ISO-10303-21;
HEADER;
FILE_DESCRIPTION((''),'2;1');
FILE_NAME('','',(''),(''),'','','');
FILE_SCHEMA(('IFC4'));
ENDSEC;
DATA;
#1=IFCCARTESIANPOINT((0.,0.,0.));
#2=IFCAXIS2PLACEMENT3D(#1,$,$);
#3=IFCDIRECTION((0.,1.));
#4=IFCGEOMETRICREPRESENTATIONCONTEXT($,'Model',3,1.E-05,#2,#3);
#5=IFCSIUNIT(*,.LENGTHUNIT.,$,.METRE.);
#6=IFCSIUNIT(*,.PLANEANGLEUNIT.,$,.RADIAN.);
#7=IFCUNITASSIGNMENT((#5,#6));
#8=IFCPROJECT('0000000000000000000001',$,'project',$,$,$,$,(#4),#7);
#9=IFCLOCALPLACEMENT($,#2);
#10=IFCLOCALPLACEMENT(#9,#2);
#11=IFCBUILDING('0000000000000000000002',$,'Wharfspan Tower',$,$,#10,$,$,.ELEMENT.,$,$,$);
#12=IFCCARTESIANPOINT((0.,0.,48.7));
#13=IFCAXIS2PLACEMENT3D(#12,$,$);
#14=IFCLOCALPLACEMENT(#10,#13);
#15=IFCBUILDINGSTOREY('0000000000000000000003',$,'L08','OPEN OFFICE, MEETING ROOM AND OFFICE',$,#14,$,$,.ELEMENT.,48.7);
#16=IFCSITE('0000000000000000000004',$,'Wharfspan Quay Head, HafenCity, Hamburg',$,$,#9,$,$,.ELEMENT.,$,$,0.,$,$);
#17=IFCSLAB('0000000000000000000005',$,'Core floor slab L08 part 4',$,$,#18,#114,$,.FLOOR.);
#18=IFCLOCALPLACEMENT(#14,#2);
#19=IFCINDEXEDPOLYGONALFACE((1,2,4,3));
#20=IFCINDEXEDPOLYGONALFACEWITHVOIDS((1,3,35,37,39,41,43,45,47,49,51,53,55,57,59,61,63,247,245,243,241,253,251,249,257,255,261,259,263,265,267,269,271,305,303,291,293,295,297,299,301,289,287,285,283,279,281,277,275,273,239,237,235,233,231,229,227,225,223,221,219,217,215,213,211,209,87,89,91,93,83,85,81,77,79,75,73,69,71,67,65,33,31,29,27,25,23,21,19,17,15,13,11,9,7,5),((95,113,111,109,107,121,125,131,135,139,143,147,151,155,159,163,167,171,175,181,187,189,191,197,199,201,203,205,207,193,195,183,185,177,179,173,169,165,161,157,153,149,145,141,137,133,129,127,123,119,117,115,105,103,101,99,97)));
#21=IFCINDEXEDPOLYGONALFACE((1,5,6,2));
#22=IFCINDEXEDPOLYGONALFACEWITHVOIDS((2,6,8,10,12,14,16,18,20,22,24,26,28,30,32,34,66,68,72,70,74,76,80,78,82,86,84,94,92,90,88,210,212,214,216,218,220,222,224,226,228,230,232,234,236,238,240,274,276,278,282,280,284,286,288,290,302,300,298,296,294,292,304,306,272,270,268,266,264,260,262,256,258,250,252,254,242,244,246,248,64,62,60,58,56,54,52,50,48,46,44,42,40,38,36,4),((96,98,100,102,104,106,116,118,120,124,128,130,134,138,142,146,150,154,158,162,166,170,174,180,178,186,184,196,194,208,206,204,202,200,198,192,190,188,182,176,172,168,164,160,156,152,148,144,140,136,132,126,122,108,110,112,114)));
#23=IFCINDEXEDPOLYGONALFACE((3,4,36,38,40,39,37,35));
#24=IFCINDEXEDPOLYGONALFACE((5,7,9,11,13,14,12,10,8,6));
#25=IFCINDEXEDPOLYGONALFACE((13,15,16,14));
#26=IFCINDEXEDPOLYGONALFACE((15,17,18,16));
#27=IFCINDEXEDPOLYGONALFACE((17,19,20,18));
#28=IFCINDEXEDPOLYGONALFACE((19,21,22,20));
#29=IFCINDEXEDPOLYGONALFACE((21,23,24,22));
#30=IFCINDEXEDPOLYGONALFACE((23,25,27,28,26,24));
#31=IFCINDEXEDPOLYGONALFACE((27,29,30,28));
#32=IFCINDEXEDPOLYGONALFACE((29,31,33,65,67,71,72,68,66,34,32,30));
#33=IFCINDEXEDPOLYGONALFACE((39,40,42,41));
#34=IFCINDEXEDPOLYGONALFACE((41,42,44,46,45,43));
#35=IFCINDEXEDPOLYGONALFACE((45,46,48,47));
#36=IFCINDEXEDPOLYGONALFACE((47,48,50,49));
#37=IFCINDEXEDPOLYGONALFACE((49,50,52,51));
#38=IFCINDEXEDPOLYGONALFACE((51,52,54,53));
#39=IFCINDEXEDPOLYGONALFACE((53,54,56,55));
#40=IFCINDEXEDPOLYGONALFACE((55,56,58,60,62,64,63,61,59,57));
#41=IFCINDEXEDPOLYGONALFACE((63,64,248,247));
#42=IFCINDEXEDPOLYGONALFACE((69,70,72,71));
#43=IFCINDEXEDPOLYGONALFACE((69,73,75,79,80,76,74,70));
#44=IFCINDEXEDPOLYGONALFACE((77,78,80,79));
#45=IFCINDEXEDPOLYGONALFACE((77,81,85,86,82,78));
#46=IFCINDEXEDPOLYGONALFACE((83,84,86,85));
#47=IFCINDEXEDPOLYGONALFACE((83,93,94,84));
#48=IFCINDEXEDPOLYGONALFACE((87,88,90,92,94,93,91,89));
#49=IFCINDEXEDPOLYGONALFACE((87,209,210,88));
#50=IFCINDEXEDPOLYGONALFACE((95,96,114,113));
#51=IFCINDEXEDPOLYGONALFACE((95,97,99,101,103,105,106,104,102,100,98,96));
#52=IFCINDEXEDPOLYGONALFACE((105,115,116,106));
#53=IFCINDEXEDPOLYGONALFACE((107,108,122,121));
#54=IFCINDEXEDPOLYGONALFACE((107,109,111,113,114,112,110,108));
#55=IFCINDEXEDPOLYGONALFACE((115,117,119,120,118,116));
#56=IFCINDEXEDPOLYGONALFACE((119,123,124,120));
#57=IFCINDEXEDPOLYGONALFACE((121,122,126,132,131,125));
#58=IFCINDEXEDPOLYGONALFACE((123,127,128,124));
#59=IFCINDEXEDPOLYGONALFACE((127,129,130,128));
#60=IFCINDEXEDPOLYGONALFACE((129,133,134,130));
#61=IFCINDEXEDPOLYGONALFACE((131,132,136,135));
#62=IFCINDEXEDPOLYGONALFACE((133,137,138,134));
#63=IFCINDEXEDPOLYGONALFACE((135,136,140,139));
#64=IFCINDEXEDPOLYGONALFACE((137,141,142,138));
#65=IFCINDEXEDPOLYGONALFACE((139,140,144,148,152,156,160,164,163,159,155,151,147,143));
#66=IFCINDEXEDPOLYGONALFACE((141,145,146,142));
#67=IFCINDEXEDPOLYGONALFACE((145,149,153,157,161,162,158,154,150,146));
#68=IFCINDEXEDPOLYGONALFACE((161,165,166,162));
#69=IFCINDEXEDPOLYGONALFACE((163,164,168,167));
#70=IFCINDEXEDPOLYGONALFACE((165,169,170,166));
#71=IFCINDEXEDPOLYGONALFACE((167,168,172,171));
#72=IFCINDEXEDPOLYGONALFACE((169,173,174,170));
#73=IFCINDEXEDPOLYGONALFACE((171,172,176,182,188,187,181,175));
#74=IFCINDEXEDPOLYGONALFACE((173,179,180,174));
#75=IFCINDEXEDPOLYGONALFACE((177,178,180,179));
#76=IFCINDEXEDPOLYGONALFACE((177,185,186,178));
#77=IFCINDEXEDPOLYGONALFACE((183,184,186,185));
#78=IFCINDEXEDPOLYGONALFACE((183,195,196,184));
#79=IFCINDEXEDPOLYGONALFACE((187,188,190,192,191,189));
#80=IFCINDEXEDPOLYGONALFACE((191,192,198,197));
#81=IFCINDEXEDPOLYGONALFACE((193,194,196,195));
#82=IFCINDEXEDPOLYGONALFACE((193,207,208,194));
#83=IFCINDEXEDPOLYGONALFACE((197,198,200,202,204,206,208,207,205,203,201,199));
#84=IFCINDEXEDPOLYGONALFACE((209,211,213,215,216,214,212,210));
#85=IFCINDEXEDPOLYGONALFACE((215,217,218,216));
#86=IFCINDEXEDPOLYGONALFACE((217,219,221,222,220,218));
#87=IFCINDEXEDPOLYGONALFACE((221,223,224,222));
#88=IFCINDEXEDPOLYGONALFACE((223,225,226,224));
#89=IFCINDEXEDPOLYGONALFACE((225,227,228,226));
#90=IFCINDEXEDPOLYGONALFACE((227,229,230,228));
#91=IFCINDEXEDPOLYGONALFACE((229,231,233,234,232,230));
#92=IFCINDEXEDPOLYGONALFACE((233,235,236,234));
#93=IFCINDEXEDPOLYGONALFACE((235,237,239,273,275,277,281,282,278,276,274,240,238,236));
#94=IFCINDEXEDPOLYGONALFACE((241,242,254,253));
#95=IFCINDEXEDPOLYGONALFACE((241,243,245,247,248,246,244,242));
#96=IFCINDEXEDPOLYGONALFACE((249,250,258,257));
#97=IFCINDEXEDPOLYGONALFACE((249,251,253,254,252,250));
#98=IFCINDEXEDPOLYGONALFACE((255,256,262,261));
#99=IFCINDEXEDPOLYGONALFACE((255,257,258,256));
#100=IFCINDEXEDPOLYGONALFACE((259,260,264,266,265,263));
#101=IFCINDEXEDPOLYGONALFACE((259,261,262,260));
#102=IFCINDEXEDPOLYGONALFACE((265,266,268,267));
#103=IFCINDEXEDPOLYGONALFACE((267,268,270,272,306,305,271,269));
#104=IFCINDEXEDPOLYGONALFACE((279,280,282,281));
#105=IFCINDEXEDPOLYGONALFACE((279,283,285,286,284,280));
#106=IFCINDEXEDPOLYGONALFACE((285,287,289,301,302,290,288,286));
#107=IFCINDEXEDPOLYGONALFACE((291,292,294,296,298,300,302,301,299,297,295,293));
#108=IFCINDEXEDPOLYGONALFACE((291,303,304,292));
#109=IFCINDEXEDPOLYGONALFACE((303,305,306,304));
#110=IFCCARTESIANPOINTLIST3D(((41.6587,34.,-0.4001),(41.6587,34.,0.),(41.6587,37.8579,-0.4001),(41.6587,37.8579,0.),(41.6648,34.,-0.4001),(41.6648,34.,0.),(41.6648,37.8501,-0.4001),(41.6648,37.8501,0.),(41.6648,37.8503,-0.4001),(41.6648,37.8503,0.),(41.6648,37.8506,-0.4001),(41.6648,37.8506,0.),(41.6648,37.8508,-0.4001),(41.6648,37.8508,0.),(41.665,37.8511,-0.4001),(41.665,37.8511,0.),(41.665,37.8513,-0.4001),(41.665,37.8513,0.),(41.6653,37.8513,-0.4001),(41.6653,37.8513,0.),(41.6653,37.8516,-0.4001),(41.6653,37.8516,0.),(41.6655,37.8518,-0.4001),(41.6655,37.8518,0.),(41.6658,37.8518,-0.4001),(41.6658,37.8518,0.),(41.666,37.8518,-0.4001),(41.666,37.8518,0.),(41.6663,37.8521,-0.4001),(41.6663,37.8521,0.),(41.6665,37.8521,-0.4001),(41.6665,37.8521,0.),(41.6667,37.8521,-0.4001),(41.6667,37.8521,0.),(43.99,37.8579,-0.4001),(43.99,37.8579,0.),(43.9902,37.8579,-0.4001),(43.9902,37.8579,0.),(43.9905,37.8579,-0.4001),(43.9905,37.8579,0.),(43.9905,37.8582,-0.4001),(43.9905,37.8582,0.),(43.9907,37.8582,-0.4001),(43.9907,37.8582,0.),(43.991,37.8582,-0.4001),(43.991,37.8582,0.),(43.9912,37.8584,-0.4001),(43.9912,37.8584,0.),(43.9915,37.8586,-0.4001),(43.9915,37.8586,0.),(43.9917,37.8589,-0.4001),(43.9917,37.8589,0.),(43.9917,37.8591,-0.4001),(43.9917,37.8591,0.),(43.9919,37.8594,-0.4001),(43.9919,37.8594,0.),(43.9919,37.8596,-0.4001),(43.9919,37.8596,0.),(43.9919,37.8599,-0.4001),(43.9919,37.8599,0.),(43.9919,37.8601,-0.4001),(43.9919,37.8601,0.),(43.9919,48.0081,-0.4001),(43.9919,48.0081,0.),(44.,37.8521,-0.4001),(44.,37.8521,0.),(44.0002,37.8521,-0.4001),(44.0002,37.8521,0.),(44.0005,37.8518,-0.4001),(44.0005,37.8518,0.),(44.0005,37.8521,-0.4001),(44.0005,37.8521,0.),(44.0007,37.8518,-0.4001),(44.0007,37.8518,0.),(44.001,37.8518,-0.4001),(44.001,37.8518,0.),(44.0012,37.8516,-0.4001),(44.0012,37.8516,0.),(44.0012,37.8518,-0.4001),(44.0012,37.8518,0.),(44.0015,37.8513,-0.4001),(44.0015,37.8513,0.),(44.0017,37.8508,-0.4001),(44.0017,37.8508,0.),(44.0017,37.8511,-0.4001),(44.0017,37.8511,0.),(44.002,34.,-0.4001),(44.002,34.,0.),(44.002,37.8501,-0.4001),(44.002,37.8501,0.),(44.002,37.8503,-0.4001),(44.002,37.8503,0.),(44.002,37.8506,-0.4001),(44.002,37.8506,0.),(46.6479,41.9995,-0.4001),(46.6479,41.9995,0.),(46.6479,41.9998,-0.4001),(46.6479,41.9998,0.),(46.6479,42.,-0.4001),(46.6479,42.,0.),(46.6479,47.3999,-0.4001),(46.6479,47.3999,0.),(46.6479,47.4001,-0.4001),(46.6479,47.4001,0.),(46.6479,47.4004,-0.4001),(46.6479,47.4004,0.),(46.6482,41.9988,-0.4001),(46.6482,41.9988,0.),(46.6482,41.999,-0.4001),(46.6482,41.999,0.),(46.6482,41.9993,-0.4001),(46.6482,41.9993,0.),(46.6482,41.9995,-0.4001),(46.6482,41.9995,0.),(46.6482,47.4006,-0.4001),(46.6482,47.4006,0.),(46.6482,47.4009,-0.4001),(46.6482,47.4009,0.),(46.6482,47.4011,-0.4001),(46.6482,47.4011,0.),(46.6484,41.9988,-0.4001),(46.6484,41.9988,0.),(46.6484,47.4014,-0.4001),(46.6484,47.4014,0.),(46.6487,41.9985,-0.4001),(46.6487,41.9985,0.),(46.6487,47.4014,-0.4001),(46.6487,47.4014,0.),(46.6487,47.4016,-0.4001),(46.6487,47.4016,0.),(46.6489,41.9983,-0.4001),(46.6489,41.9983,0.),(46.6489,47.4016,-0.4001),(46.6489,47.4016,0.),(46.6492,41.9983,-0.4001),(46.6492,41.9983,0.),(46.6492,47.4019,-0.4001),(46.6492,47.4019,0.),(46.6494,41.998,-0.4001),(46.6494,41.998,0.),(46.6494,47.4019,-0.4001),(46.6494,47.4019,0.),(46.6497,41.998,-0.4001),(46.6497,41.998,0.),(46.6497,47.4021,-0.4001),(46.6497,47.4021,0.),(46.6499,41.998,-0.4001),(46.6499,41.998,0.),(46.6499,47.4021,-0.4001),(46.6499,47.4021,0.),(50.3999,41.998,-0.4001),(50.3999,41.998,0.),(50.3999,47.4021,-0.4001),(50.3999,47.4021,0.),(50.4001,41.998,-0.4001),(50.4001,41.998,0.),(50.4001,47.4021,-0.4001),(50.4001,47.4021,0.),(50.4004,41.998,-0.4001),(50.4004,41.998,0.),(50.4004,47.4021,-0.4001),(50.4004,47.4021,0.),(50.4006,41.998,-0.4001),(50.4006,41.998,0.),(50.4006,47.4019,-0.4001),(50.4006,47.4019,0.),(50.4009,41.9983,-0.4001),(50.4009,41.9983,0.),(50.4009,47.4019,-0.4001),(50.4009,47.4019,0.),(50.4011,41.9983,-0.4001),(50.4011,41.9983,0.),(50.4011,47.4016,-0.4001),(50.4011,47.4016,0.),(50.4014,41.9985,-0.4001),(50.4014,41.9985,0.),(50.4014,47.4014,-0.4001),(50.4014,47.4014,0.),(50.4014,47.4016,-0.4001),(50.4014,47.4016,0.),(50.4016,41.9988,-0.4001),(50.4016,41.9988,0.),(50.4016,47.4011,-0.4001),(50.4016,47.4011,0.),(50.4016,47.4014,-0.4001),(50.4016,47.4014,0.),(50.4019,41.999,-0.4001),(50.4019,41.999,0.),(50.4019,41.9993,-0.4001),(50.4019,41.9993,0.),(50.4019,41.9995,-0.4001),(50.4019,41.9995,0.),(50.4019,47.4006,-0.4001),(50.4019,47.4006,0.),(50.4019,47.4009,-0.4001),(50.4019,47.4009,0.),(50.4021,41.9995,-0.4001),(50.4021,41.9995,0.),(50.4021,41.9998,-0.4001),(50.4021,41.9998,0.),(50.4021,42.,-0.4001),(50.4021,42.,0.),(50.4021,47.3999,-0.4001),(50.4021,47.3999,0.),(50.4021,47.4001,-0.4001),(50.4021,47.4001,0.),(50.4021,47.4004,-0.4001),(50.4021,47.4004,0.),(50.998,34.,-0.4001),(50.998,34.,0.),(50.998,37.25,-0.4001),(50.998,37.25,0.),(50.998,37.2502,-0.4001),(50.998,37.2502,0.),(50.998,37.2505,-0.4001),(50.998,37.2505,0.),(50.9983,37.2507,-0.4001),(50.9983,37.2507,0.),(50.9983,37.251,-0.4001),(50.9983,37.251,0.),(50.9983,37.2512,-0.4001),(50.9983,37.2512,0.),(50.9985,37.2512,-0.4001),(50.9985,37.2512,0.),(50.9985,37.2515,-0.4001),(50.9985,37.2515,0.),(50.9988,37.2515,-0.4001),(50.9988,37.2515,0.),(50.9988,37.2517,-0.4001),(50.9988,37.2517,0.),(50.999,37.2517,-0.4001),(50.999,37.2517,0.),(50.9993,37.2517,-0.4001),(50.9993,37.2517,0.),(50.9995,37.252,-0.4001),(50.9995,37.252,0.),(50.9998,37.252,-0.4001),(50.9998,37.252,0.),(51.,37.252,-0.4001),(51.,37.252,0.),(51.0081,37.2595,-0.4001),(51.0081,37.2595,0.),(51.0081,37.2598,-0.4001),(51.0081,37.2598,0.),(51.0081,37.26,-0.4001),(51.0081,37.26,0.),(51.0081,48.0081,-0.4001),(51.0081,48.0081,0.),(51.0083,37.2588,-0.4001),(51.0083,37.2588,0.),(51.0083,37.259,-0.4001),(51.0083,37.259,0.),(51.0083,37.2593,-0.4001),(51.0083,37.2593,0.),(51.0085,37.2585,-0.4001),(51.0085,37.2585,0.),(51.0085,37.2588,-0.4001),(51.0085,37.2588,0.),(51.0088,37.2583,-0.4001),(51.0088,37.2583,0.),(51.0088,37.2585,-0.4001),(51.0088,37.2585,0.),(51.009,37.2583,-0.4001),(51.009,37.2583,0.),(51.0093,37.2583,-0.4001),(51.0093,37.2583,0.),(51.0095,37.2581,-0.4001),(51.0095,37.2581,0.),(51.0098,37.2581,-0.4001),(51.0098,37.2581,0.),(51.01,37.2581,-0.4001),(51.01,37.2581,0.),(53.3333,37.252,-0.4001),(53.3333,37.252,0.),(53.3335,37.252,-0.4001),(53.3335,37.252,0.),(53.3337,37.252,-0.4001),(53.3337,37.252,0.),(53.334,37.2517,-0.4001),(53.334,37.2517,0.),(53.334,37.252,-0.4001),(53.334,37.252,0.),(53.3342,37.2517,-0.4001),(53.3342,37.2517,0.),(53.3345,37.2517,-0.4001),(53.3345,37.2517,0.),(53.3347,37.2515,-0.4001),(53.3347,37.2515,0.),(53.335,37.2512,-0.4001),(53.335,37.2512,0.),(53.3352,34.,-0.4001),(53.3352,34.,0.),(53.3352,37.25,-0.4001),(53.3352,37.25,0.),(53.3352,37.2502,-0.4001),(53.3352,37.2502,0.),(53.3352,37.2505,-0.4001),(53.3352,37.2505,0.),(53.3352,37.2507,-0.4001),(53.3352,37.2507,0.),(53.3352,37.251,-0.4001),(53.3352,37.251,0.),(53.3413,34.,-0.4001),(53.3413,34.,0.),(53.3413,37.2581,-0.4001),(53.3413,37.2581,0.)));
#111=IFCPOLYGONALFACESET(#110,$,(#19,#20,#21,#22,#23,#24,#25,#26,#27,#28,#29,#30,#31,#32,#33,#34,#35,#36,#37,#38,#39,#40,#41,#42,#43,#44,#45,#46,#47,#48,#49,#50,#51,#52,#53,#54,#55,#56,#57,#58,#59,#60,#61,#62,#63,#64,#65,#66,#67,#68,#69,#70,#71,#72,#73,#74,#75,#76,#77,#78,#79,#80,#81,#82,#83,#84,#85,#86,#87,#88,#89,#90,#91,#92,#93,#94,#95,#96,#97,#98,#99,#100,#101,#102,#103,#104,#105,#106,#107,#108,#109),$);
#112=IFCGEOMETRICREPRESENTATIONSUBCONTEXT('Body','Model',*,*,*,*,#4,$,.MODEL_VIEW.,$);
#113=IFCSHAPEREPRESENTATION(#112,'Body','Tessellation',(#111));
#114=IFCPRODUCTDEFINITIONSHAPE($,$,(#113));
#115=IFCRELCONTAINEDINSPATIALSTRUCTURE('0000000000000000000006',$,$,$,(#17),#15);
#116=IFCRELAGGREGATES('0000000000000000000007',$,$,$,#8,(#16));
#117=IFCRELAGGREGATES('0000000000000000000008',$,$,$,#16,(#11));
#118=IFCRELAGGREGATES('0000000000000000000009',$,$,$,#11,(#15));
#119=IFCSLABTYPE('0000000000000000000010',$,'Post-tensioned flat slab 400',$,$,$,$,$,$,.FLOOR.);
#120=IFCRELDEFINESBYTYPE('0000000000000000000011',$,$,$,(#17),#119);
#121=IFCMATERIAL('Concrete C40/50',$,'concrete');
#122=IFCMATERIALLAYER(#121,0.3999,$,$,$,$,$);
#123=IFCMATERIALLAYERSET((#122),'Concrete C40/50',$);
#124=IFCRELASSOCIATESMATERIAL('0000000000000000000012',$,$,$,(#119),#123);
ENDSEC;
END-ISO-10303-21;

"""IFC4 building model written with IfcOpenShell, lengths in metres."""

from ifc_helpers import new_model, si_unit, direction, frame, origin, place, context, subcontext, project, spatial, polyline, outline, extrude, material, layer, layer_set, type_object, element, save


model = new_model("IFC4")

# Units and contexts
model_context = context("Model", 3, precision=1e-05, world=origin(), true_north=direction((0.0, 1.0)))
body_context = subcontext(model_context, "Body", "Model", "MODEL_VIEW")
ifc_project = project(units=[si_unit("LENGTHUNIT", "METRE"), si_unit("PLANEANGLEUNIT", "RADIAN")], contexts=[model_context])

# Site, building, storey
site_placement = place(None, origin())
site = spatial("IfcSite", under=ifc_project, at=site_placement, Name="Wharfspan Quay Head, HafenCity, Hamburg", CompositionType="ELEMENT", RefElevation=0.0)
building_placement = place(site_placement, origin())
building = spatial("IfcBuilding", under=site, at=building_placement, Name="Wharfspan Tower", CompositionType="ELEMENT")
storey_placement = place(building_placement, frame((0.0, 0.0, 48.7)))
storey = spatial("IfcBuildingStorey", under=building, at=storey_placement, Name="L08", Description="OPEN OFFICE, MEETING ROOM AND OFFICE", CompositionType="ELEMENT", Elevation=48.7)

# Slab
ifc_material_1 = material(Name="Concrete C40/50", Category="concrete")
ifc_layer_1 = layer(ifc_material_1, 0.3999)
ifc_layer_set_1 = layer_set([ifc_layer_1], Name="Concrete C40/50")
slab_type = type_object("IfcSlabType", Name="Post-tensioned flat slab 400", PredefinedType="FLOOR", material=ifc_layer_set_1)
slab_1_placement = place(storey_placement, frame((0.0, 0.0, -0.4001)))
element("IfcSlab", 1, at=slab_1_placement, inside=storey, type_object=slab_type, Name="Core floor slab L08 part 4", PredefinedType="FLOOR", context=body_context, shape_type="SweptSolid", body=[
    extrude(outline(polyline([(53.3413, 34.0), (53.3413, 37.2581), (51.01, 37.2581), (51.0098, 37.2581), (51.0095, 37.2581), (51.0095, 37.2581), (51.0093, 37.2583), (51.009, 37.2583), (51.0088, 37.2583), (51.0088, 37.2585), (51.0085, 37.2585), (51.0085, 37.2588), (51.0083, 37.2588), (51.0083, 37.259), (51.0083, 37.2593), (51.0081, 37.2595), (51.0081, 37.2595), (51.0081, 37.2598), (51.0081, 37.26), (51.0081, 48.0081), (43.9919, 48.0081), (43.9919, 37.8601), (43.9919, 37.8599), (43.9919, 37.8596), (43.9919, 37.8594), (43.9917, 37.8591), (43.9917, 37.8591), (43.9917, 37.8589), (43.9915, 37.8586), (43.9915, 37.8586), (43.9912, 37.8584), (43.9912, 37.8584), (43.991, 37.8582), (43.9907, 37.8582), (43.9905, 37.8582), (43.9905, 37.8579), (43.9902, 37.8579), (43.99, 37.8579), (41.6587, 37.8579), (41.6587, 34.0), (41.6648, 34.0), (41.6648, 37.8501), (41.6648, 37.8501), (41.6648, 37.8503), (41.6648, 37.8506), (41.6648, 37.8508), (41.6648, 37.8508), (41.665, 37.8511), (41.665, 37.8513), (41.6653, 37.8513), (41.6653, 37.8516), (41.6655, 37.8518), (41.6658, 37.8518), (41.666, 37.8518), (41.666, 37.8518), (41.6663, 37.8521), (41.6665, 37.8521), (41.6667, 37.8521), (44.0, 37.8521), (44.0002, 37.8521), (44.0005, 37.8521), (44.0005, 37.8518), (44.0007, 37.8518), (44.001, 37.8518), (44.0012, 37.8518), (44.0012, 37.8516), (44.0015, 37.8513), (44.0015, 37.8513), (44.0017, 37.8511), (44.0017, 37.8508), (44.0017, 37.8508), (44.002, 37.8506), (44.002, 37.8503), (44.002, 37.8501), (44.002, 37.8501), (44.002, 34.0), (50.998, 34.0), (50.998, 37.25), (50.998, 37.2502), (50.998, 37.2505), (50.998, 37.2505), (50.9983, 37.2507), (50.9983, 37.251), (50.9983, 37.2512), (50.9985, 37.2512), (50.9985, 37.2515), (50.9988, 37.2515), (50.9988, 37.2517), (50.999, 37.2517), (50.9993, 37.2517), (50.9995, 37.252), (50.9995, 37.252), (50.9998, 37.252), (51.0, 37.252), (53.3333, 37.252), (53.3335, 37.252), (53.3337, 37.252), (53.334, 37.252), (53.334, 37.2517), (53.3342, 37.2517), (53.3345, 37.2517), (53.3347, 37.2515), (53.3347, 37.2515), (53.335, 37.2512), (53.335, 37.2512), (53.3352, 37.251), (53.3352, 37.2507), (53.3352, 37.2505), (53.3352, 37.2505), (53.3352, 37.2502), (53.3352, 37.25), (53.3352, 34.0), (53.3413, 34.0)]), holes=[polyline([(46.6499, 41.998), (46.6499, 41.998), (46.6497, 41.998), (46.6494, 41.998), (46.6492, 41.9983), (46.6492, 41.9983), (46.6489, 41.9983), (46.6487, 41.9985), (46.6487, 41.9985), (46.6484, 41.9988), (46.6482, 41.9988), (46.6482, 41.999), (46.6482, 41.9993), (46.6482, 41.9995), (46.6479, 41.9995), (46.6479, 41.9998), (46.6479, 42.0), (46.6479, 47.3999), (46.6479, 47.4001), (46.6479, 47.4004), (46.6482, 47.4006), (46.6482, 47.4009), (46.6482, 47.4009), (46.6482, 47.4011), (46.6484, 47.4014), (46.6487, 47.4014), (46.6487, 47.4016), (46.6489, 47.4016), (46.6492, 47.4019), (46.6492, 47.4019), (46.6494, 47.4019), (46.6497, 47.4021), (46.6499, 47.4021), (46.6499, 47.4021), (50.3999, 47.4021), (50.4001, 47.4021), (50.4004, 47.4021), (50.4006, 47.4019), (50.4009, 47.4019), (50.4009, 47.4019), (50.4011, 47.4016), (50.4014, 47.4016), (50.4014, 47.4014), (50.4016, 47.4014), (50.4016, 47.4011), (50.4019, 47.4009), (50.4019, 47.4009), (50.4019, 47.4006), (50.4021, 47.4004), (50.4021, 47.4001), (50.4021, 47.3999), (50.4021, 42.0), (50.4021, 41.9998), (50.4021, 41.9995), (50.4019, 41.9995), (50.4019, 41.9993), (50.4019, 41.999), (50.4016, 41.9988), (50.4016, 41.9988), (50.4014, 41.9985), (50.4014, 41.9985), (50.4011, 41.9983), (50.4009, 41.9983), (50.4009, 41.9983), (50.4006, 41.998), (50.4004, 41.998), (50.4001, 41.998), (50.3999, 41.998), (46.6499, 41.998)])]), origin(), (0.0, 0.0, 1.0), 0.4001),
])

save(model, "model.ifc")
